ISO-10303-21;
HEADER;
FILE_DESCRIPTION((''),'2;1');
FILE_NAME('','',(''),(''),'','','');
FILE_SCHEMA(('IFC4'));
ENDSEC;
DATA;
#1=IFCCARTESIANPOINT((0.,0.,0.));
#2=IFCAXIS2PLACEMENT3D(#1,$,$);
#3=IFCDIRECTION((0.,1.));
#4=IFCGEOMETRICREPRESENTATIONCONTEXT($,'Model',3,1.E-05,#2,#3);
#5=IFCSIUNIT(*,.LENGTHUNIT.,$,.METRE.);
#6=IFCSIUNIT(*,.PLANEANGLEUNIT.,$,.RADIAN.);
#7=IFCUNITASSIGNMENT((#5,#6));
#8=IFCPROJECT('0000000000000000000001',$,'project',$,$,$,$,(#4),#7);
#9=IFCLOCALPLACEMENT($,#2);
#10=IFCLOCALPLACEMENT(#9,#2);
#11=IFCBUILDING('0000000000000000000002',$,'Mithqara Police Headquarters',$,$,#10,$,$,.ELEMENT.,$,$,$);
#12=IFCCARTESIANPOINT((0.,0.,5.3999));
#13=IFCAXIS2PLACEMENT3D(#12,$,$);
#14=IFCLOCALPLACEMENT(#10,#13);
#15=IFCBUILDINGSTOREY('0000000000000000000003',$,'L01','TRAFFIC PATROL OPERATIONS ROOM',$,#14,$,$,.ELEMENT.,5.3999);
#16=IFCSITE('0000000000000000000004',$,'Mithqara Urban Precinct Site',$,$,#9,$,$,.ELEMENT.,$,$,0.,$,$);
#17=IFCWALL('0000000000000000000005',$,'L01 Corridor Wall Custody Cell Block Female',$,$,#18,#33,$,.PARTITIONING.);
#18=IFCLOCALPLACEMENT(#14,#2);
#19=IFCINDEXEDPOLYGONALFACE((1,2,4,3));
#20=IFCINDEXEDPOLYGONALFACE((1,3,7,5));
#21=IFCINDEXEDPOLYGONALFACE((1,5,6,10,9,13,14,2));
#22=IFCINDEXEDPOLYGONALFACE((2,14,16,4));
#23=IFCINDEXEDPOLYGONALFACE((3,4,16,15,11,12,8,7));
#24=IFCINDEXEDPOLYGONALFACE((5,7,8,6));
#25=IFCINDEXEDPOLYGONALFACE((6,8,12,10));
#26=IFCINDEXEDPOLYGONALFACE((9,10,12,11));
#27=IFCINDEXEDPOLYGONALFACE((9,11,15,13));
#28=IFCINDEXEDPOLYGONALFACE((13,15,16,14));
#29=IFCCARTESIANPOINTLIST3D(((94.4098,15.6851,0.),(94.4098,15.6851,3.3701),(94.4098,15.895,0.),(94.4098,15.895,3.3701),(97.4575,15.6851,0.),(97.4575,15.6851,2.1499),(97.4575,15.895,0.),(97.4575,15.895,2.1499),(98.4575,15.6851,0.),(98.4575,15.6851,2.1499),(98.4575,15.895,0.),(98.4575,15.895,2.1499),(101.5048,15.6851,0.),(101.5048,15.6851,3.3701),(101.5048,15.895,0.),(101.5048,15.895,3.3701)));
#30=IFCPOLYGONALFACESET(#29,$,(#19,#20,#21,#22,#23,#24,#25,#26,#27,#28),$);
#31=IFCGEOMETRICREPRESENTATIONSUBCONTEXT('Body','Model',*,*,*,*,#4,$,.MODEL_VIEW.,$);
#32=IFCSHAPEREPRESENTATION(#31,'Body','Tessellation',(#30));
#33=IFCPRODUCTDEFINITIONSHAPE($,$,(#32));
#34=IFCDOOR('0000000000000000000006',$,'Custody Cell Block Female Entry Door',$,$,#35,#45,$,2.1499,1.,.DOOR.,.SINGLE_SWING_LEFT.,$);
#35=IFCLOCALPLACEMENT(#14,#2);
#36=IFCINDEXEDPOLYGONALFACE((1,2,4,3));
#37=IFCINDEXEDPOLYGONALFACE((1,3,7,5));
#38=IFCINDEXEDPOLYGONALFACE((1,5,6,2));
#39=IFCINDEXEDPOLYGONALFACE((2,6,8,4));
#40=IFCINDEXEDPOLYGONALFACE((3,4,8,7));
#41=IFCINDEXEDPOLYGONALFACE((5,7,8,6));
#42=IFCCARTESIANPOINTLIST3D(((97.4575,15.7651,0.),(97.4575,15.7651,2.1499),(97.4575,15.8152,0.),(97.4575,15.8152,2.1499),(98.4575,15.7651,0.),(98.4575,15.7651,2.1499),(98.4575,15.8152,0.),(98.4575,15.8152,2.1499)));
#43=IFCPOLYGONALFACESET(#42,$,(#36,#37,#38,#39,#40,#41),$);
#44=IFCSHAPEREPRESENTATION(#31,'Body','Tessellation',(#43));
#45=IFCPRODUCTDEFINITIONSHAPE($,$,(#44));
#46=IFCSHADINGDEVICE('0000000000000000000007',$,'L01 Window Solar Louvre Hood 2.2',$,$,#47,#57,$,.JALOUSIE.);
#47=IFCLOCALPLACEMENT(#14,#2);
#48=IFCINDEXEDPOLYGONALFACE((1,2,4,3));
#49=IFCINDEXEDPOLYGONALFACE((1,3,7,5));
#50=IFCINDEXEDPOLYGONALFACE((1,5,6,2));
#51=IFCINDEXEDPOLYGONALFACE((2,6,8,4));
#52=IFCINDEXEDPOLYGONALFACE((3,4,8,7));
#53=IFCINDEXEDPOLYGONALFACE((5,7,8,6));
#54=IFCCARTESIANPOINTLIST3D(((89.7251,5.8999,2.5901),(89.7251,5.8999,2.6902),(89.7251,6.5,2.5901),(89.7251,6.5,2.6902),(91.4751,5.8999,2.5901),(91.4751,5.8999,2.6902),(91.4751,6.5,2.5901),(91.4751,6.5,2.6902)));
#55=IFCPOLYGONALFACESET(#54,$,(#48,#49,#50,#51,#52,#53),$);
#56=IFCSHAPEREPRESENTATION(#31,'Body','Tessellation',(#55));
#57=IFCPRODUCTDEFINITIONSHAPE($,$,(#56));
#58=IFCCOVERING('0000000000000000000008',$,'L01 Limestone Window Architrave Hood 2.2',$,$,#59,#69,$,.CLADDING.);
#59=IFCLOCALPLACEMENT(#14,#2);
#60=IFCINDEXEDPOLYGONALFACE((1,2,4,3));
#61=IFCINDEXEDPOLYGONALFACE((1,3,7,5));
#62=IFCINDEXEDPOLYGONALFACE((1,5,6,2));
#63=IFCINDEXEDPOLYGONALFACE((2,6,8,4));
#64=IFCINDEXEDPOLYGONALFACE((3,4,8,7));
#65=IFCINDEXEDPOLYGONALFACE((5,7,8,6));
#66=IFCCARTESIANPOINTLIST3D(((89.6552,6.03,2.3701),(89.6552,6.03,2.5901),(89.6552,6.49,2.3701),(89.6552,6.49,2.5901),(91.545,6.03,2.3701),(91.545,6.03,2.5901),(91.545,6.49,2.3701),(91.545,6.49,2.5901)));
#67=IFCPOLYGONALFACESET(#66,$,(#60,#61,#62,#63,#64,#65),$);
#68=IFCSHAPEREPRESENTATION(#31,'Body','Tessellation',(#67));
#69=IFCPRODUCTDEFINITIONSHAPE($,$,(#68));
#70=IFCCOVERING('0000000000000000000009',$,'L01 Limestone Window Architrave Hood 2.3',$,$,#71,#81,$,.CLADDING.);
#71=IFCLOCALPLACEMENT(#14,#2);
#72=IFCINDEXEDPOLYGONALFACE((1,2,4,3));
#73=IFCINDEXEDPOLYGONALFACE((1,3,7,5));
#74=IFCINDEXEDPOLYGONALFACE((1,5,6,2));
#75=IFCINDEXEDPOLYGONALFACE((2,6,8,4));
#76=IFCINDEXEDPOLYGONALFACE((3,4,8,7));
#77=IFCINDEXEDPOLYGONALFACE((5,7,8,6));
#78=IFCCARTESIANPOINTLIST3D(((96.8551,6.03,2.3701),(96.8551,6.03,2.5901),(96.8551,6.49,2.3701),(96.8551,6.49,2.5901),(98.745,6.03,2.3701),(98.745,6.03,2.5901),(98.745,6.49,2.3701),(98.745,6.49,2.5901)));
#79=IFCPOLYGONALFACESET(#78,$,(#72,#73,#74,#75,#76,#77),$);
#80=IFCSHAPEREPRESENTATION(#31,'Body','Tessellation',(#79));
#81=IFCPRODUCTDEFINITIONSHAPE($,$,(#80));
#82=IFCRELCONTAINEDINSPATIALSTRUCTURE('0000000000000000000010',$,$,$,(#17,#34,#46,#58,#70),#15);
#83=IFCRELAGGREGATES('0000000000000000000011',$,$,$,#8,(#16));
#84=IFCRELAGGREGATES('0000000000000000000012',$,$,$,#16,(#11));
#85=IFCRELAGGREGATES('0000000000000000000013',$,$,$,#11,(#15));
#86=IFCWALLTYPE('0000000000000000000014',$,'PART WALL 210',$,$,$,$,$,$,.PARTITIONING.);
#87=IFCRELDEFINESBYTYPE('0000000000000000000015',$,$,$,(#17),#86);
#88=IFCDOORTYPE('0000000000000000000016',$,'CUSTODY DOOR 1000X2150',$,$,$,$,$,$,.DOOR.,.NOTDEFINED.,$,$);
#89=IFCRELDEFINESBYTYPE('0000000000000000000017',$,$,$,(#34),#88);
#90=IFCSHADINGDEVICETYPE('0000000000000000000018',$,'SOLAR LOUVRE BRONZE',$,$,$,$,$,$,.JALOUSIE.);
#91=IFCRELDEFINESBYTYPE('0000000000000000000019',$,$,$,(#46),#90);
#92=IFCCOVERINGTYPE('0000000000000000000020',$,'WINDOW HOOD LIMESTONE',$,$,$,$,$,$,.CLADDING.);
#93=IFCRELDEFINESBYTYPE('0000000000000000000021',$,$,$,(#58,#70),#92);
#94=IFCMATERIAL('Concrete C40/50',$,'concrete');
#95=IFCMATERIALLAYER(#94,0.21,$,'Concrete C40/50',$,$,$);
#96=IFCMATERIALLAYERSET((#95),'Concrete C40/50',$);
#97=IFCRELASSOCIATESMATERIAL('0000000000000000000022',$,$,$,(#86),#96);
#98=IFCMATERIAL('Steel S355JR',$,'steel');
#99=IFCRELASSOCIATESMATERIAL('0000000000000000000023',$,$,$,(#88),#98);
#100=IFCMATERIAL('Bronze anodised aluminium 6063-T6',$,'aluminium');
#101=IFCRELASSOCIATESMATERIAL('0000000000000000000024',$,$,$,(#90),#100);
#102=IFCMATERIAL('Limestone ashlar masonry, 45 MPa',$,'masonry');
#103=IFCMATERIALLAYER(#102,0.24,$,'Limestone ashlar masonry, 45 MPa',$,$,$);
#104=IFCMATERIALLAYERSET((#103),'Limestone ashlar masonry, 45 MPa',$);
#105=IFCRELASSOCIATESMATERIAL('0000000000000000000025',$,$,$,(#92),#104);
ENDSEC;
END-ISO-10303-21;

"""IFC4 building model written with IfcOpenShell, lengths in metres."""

from ifc_helpers import new_model, si_unit, direction, frame, frame_2d, origin, origin_2d, place, context, subcontext, project, spatial, rectangle, extrude, material, layer, layer_set, type_object, element, fill, save


model = new_model("IFC4")

# Units and contexts
model_context = context("Model", 3, precision=1e-05, world=origin(), true_north=direction((0.0, 1.0)))
body_context = subcontext(model_context, "Body", "Model", "MODEL_VIEW")
ifc_project = project(units=[si_unit("LENGTHUNIT", "METRE"), si_unit("PLANEANGLEUNIT", "RADIAN")], contexts=[model_context])

# Site, building, storey
site_placement = place(None, origin())
site = spatial("IfcSite", under=ifc_project, at=site_placement, Name="Mithqara Urban Precinct Site", CompositionType="ELEMENT", RefElevation=0.0)
building_placement = place(site_placement, origin())
building = spatial("IfcBuilding", under=site, at=building_placement, Name="Mithqara Police Headquarters", CompositionType="ELEMENT")
storey_placement = place(building_placement, frame((0.0, 0.0, 5.3999)))
storey = spatial("IfcBuildingStorey", under=building, at=storey_placement, Name="L01", Description="TRAFFIC PATROL OPERATIONS ROOM", CompositionType="ELEMENT", Elevation=5.3999)

# Shared definitions
ifc_material_1 = material(Name="Steel S355JR", Category="steel")
ifc_material_2 = material(Name="Concrete C40/50", Category="concrete")

# Wall, opening, door
ifc_layer_1 = layer(ifc_material_2, 0.21, Name="Concrete C40/50")
ifc_layer_set_1 = layer_set([ifc_layer_1], Name="Concrete C40/50")
wall_type_1 = type_object("IfcWallType", Name="PART WALL 210", PredefinedType="PARTITIONING", material=ifc_layer_set_1)
wall_placement = place(storey_placement, frame((94.4099, 15.79, 0.0), z_axis=(0.0, 0.0, 1.0), x_axis=(1.0, 0.0, 0.0)))
wall = element("IfcWall", 1, at=wall_placement, inside=storey, type_object=wall_type_1, Name="L01 Corridor Wall Custody Cell Block Female", PredefinedType="PARTITIONING", context=body_context, shape_type="SweptSolid", body=[
    extrude(rectangle(XDim=7.095, YDim=0.21, at=frame_2d((3.5474, 0.0))), origin(), (0.0, 0.0, 1.0), 3.3701),
])
opening_placement = place(wall_placement, frame((3.0476, 0.0, 0.0)))
opening = element("IfcOpeningElement", 2, at=opening_placement, cuts=wall, PredefinedType="OPENING", context=body_context, shape_type="SweptSolid", body=[
    extrude(rectangle(XDim=1.0, YDim=2.1499, at=frame_2d((0.5, 1.075))), frame((0.0, 0.115, 0.0), z_axis=(0.0, -1.0, 0.0), x_axis=(1.0, 0.0, 0.0)), (0.0, 0.0, 1.0), 0.23),
])
door_type = type_object("IfcDoorType", Name="CUSTODY DOOR 1000X2150", OperationType="NOTDEFINED", PredefinedType="DOOR", material=ifc_material_1)
door_placement = place(opening_placement, frame((1.0, 0.0, 0.0), z_axis=(0.0, 0.0, 1.0), x_axis=(-1.0, 0.0, 0.0)))
door = element("IfcDoor", 3, at=door_placement, inside=storey, type_object=door_type, Name="Custody Cell Block Female Entry Door", OperationType="SINGLE_SWING_LEFT", OverallHeight=2.1499, OverallWidth=1.0, PredefinedType="DOOR", context=body_context, shape_type="SweptSolid", body=[
    extrude(rectangle(XDim=1.0, YDim=2.1499, at=frame_2d((0.5, 1.075))), frame((0.0, 0.0249, 0.0), z_axis=(0.0, -1.0, 0.0), x_axis=(1.0, 0.0, 0.0)), (0.0, 0.0, 1.0), 0.05),
])
fill(opening, door)

# Shading device
ifc_material_3 = material(Name="Bronze anodised aluminium 6063-T6", Category="aluminium")
shading_device_type = type_object("IfcShadingDeviceType", Name="SOLAR LOUVRE BRONZE", PredefinedType="JALOUSIE", material=ifc_material_3)
shading_device_placement = place(storey_placement, frame((90.6001, 6.2, 2.5901), z_axis=(0.0, 0.0, 1.0), x_axis=(1.0, 0.0, 0.0)))
element("IfcShadingDevice", 4, at=shading_device_placement, inside=storey, type_object=shading_device_type, Name="L01 Window Solar Louvre Hood 2.2", PredefinedType="JALOUSIE", context=body_context, shape_type="SweptSolid", body=[
    extrude(rectangle(XDim=1.75, YDim=0.6001, at=origin_2d()), origin(), (0.0, 0.0, 1.0), 0.1001),
])

# Coverings
ifc_material_4 = material(Name="Limestone ashlar masonry, 45 MPa", Category="masonry")
ifc_layer_2 = layer(ifc_material_4, 0.24, Name="Limestone ashlar masonry, 45 MPa")
ifc_layer_set_2 = layer_set([ifc_layer_2], Name="Limestone ashlar masonry, 45 MPa")
covering_type = type_object("IfcCoveringType", Name="WINDOW HOOD LIMESTONE", PredefinedType="CLADDING", material=ifc_layer_set_2)
for number, where, z_axis, x_axis, name in (
    (5, (90.6001, 6.26, 2.3701), (0.0, 0.0, 1.0), (1.0, 0.0, 0.0), "L01 Limestone Window Architrave Hood 2.2"),
    (6, (97.8, 6.26, 2.3701), (0.0, 0.0, 1.0), (1.0, 0.0, 0.0), "L01 Limestone Window Architrave Hood 2.3"),
):
    element("IfcCovering", number, at=place(storey_placement, frame(where, z_axis=z_axis, x_axis=x_axis)), inside=storey, type_object=covering_type, Name=name, PredefinedType="CLADDING", context=body_context, shape_type="SweptSolid", body=[
        extrude(rectangle(XDim=1.8899, YDim=0.46, at=origin_2d()), origin(), (0.0, 0.0, 1.0), 0.22),
    ])

save(model, "model.ifc")
